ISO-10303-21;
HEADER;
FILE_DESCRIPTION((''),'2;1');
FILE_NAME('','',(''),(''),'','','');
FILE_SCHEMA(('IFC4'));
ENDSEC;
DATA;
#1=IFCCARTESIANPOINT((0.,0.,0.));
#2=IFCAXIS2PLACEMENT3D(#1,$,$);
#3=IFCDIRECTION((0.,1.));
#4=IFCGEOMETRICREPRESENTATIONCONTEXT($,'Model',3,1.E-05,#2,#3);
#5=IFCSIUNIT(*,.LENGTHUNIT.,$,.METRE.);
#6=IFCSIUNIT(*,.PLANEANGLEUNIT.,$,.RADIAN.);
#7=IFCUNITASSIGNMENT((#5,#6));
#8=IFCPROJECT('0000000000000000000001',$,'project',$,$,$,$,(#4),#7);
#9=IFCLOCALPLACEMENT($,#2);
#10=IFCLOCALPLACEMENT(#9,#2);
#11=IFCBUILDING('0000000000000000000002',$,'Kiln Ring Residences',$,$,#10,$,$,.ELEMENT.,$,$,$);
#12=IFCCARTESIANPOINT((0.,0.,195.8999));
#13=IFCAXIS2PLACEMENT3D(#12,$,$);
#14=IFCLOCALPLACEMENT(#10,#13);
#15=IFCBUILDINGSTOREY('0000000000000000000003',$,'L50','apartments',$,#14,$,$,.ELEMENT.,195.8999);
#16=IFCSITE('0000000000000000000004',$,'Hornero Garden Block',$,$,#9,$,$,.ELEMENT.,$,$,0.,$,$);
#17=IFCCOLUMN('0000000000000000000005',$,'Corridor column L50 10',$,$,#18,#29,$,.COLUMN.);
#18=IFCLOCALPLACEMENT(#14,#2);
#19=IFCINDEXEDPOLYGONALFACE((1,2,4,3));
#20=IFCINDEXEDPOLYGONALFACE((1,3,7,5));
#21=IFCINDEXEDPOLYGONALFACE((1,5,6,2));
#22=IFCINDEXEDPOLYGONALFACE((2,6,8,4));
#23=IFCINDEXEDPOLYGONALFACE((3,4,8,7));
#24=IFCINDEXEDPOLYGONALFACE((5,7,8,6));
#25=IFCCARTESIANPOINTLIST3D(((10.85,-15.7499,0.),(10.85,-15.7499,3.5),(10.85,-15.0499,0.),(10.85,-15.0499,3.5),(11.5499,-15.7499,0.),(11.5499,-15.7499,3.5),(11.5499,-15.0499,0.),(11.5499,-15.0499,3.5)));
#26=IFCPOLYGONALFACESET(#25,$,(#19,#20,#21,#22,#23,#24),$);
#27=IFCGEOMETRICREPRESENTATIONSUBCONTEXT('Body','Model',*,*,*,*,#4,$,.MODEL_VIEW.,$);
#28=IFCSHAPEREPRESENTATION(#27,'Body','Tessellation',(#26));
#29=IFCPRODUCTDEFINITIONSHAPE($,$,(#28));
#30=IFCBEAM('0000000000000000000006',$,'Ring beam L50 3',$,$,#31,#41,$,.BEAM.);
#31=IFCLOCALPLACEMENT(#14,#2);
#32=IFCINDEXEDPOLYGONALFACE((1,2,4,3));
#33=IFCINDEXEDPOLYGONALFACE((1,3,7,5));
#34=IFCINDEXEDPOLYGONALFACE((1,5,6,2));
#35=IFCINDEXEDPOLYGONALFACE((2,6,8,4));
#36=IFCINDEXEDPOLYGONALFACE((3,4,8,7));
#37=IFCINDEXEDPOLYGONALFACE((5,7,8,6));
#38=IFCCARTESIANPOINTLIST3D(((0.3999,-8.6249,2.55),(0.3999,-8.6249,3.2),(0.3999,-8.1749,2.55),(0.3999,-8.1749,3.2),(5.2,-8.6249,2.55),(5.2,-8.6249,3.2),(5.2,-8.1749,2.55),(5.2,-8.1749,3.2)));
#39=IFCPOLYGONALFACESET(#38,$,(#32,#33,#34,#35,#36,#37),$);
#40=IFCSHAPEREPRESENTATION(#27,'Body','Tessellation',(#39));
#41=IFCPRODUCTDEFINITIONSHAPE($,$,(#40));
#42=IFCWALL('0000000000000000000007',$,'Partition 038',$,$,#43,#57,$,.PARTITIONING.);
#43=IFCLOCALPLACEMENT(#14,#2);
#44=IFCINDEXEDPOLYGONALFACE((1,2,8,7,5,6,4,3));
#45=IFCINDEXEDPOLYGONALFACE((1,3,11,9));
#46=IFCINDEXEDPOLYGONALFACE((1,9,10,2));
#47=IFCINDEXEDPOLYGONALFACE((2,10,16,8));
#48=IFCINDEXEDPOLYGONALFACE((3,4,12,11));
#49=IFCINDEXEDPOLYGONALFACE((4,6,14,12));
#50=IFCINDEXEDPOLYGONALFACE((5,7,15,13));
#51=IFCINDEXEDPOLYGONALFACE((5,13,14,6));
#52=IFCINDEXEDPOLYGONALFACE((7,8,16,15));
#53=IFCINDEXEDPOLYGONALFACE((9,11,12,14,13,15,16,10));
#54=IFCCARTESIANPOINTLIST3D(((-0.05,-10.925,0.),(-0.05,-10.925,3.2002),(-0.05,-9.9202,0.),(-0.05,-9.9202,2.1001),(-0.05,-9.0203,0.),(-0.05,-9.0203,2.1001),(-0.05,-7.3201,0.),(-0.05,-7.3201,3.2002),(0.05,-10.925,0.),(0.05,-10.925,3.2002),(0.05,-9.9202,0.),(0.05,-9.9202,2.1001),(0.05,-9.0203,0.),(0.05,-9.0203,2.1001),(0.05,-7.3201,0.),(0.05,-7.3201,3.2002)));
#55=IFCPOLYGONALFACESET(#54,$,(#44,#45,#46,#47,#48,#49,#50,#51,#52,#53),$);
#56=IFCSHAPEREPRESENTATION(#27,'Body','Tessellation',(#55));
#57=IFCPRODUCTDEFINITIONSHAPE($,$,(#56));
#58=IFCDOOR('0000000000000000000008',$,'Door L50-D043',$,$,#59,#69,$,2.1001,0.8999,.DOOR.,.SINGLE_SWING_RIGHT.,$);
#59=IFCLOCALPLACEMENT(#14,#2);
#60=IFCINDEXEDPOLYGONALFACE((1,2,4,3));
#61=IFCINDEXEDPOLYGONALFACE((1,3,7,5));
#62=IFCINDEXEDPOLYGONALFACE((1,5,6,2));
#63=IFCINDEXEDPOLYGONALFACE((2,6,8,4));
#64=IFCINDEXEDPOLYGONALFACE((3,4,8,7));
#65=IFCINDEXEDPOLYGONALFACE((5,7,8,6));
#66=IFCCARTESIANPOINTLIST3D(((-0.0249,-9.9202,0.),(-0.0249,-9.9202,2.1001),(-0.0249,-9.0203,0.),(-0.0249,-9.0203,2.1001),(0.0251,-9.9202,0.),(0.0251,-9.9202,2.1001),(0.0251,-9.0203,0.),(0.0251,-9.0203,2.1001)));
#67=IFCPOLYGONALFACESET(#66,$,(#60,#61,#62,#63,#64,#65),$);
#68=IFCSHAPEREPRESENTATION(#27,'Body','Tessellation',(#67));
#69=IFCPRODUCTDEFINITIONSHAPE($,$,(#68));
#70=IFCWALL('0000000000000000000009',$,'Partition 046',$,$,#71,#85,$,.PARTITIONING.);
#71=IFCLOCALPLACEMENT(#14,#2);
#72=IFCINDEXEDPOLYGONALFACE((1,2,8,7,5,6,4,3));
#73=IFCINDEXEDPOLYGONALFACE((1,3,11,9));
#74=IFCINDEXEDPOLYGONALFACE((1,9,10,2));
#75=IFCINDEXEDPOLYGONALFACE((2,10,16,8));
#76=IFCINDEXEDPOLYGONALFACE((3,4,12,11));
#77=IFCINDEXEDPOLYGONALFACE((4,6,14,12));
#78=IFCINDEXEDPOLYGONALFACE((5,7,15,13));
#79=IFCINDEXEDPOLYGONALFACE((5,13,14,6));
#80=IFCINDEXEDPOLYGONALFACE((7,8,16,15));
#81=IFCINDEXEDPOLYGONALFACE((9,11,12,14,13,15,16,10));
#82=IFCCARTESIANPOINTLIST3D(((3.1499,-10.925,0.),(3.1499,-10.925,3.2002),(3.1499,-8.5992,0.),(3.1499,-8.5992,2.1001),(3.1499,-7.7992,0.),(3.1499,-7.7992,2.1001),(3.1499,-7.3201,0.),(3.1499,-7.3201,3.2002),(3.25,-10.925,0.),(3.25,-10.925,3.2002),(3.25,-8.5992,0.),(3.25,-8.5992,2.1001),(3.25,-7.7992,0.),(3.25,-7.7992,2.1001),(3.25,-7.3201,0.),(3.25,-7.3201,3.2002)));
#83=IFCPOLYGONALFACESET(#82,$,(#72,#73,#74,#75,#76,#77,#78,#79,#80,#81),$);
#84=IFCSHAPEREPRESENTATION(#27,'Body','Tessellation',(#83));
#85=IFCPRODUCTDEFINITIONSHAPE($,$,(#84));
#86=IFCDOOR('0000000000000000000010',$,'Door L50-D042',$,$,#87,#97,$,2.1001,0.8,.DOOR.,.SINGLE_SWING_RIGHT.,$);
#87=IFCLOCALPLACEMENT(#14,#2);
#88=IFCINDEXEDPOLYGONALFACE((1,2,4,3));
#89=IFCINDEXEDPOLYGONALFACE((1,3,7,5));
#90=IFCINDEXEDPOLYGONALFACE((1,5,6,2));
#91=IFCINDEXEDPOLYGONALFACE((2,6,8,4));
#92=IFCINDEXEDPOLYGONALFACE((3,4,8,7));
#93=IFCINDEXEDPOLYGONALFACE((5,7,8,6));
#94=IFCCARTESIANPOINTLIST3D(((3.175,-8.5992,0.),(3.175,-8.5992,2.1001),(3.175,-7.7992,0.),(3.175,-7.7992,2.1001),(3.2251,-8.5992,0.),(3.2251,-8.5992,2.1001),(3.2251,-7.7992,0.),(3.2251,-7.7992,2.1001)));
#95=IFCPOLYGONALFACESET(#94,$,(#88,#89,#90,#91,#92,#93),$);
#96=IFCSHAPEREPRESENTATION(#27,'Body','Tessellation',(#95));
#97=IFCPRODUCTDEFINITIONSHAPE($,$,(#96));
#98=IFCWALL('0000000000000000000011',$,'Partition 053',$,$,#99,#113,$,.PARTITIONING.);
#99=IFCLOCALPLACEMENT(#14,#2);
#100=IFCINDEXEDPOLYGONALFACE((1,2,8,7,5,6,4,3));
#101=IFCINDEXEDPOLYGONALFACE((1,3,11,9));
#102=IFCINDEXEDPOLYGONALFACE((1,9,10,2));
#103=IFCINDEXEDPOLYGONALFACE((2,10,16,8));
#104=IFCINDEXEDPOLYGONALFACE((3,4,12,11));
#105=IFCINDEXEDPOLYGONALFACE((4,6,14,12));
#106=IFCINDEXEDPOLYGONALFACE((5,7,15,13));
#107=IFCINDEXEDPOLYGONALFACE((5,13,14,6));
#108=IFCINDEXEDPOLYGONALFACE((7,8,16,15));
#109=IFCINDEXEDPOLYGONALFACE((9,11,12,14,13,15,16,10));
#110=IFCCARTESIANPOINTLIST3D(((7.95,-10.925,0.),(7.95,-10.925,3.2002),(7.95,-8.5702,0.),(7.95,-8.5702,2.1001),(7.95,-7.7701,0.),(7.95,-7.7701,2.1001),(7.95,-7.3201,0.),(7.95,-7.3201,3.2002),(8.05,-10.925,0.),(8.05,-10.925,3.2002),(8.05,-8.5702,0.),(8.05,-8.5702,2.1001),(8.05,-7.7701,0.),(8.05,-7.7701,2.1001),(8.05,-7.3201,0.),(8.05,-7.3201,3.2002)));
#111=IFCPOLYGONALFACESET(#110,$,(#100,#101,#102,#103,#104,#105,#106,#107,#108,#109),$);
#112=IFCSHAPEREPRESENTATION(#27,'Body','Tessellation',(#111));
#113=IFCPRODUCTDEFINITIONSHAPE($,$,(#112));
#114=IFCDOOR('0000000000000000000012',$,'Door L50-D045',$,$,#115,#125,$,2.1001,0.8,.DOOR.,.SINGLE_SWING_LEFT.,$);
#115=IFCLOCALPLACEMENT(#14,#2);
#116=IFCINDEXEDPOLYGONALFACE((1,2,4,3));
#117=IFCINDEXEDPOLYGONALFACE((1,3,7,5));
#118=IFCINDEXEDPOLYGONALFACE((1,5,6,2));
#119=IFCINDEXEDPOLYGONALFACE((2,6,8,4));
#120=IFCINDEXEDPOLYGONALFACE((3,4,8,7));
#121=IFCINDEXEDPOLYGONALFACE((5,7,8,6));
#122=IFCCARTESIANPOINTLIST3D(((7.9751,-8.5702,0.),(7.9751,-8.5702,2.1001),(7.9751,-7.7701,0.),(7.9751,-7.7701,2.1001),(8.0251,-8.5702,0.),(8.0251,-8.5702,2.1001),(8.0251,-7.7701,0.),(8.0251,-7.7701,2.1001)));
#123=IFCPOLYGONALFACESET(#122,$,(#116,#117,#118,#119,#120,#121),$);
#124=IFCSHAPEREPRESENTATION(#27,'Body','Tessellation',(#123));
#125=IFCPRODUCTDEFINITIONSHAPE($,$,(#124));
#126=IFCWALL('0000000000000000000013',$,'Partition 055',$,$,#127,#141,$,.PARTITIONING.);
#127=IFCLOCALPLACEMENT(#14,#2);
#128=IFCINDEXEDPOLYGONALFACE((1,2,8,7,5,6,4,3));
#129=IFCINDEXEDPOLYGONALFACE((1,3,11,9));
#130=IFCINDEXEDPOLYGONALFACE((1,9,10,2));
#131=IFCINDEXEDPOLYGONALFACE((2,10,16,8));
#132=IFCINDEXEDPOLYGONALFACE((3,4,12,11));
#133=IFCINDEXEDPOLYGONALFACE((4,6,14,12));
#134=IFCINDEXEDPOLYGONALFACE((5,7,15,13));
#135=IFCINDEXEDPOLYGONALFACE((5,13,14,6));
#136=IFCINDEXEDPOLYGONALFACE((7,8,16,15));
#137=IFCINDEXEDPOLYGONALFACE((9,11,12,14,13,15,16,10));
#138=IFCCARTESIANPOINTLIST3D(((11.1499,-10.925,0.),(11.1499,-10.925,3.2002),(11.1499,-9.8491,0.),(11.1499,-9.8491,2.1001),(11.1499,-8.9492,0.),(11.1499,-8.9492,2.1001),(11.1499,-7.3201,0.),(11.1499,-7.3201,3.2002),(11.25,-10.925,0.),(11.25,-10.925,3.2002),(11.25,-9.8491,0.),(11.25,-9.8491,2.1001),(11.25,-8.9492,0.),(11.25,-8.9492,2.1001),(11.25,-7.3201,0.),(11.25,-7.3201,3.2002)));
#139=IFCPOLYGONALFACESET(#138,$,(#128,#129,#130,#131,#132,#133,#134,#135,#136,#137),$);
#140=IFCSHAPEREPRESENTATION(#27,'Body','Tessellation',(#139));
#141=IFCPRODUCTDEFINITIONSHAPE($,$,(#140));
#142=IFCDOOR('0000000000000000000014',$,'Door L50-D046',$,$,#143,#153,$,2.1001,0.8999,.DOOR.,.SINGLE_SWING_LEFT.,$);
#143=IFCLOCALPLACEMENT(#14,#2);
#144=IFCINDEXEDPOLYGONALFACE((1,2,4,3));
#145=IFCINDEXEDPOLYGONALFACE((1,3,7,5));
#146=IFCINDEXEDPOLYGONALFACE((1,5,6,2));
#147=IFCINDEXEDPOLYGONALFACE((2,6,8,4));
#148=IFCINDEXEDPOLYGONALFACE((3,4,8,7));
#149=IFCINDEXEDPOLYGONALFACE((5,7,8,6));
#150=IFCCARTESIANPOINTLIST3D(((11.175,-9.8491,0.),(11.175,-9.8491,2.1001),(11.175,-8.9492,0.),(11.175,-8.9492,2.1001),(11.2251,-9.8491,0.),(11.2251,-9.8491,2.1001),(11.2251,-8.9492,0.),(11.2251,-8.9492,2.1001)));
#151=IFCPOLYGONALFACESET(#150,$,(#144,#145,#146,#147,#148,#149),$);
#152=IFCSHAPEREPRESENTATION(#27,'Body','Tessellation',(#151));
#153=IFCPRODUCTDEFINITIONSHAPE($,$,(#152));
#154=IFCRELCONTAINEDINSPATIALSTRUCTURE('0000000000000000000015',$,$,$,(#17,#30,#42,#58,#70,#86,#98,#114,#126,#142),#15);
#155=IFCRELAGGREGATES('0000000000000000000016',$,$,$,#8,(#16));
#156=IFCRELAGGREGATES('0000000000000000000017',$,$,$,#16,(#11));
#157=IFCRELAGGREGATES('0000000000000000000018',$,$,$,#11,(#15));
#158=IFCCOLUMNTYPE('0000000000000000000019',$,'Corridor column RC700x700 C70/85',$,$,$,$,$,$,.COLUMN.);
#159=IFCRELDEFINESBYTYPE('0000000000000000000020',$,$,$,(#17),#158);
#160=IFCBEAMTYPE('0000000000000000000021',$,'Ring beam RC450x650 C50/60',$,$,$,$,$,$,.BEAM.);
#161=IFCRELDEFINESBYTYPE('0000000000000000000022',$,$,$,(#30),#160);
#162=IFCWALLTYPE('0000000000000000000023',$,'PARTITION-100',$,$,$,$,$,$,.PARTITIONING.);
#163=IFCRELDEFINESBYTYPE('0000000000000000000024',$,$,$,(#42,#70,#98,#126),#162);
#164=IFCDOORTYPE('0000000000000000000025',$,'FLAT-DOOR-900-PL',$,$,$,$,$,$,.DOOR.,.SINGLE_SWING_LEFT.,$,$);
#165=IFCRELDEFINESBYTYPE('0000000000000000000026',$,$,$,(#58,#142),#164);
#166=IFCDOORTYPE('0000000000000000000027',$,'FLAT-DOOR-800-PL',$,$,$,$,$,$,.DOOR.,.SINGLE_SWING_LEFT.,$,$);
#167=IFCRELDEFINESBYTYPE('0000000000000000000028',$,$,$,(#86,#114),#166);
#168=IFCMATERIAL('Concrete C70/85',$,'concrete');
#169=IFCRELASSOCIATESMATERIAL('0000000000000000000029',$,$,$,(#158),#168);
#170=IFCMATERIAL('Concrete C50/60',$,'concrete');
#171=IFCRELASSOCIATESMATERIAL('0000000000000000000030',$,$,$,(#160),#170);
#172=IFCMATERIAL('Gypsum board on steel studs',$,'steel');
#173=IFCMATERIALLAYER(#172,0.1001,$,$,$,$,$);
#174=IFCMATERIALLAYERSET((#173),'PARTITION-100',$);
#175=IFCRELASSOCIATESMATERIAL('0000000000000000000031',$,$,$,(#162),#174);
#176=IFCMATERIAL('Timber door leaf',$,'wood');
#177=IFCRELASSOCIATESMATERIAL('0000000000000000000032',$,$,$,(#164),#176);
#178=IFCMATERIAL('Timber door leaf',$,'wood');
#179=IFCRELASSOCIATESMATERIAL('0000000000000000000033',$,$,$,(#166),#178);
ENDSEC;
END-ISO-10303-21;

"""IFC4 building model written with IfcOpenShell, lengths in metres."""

from ifc_helpers import new_model, si_unit, direction, frame, frame_2d, origin, origin_2d, place, context, subcontext, project, spatial, rectangle, extrude, material, layer, layer_set, material_profile, profile_set, type_object, element, fill, save


model = new_model("IFC4")

# Units and contexts
model_context = context("Model", 3, precision=1e-05, world=origin(), true_north=direction((0.0, 1.0)))
body_context = subcontext(model_context, "Body", "Model", "MODEL_VIEW")
ifc_project = project(units=[si_unit("LENGTHUNIT", "METRE"), si_unit("PLANEANGLEUNIT", "RADIAN")], contexts=[model_context])

# Site, building, storey
site_placement = place(None, origin())
site = spatial("IfcSite", under=ifc_project, at=site_placement, Name="Hornero Garden Block", CompositionType="ELEMENT", RefElevation=0.0)
building_placement = place(site_placement, origin())
building = spatial("IfcBuilding", under=site, at=building_placement, Name="Kiln Ring Residences", CompositionType="ELEMENT")
storey_placement = place(building_placement, frame((0.0, 0.0, 195.8999)))
storey = spatial("IfcBuildingStorey", under=building, at=storey_placement, Name="L50", Description="apartments", CompositionType="ELEMENT", Elevation=195.8999)

# Column
ifc_material_1 = material(Name="Concrete C70/85", Category="concrete")
ifc_material_profile_1 = material_profile(ifc_material_1, rectangle(XDim=0.7, YDim=0.7, at=origin_2d()), Name="RC700x700")
ifc_profile_set_1 = profile_set([ifc_material_profile_1], Name="Concrete C70/85")
column_type = type_object("IfcColumnType", Name="Corridor column RC700x700 C70/85", PredefinedType="COLUMN", material=ifc_profile_set_1)
column_placement = place(storey_placement, frame((11.2, -15.3999, 0.0), z_axis=(0.0, 0.0, 1.0), x_axis=(1.0, 0.0, 0.0)))
element("IfcColumn", 1, at=column_placement, inside=storey, type_object=column_type, Name="Corridor column L50 10", PredefinedType="COLUMN", context=body_context, shape_type="SweptSolid", body=[
    extrude(rectangle(XDim=0.7, YDim=0.7, at=origin_2d()), origin(), (0.0, 0.0, 1.0), 3.5),
])

# Beam
ifc_material_2 = material(Name="Concrete C50/60", Category="concrete")
ifc_material_profile_2 = material_profile(ifc_material_2, rectangle(XDim=0.45, YDim=0.6499, at=origin_2d()), Name="RC450x650")
ifc_profile_set_2 = profile_set([ifc_material_profile_2], Name="Concrete C50/60")
beam_type = type_object("IfcBeamType", Name="Ring beam RC450x650 C50/60", PredefinedType="BEAM", material=ifc_profile_set_2)
beam_placement = place(storey_placement, frame((0.3999, -8.3999, 2.875), z_axis=(1.0, 0.0, 0.0), x_axis=(0.0, 1.0, 0.0)))
element("IfcBeam", 2, at=beam_placement, inside=storey, type_object=beam_type, Name="Ring beam L50 3", PredefinedType="BEAM", context=body_context, shape_type="SweptSolid", body=[
    extrude(rectangle(XDim=0.45, YDim=0.6499, at=origin_2d()), origin(), (0.0, 0.0, 1.0), 4.8),
])

# Walls, openings, doors
ifc_material_3 = material(Name="Gypsum board on steel studs", Category="steel")
ifc_layer_1 = layer(ifc_material_3, 0.1001)
ifc_layer_set_1 = layer_set([ifc_layer_1], Name="PARTITION-100")
wall_type_1 = type_object("IfcWallType", Name="PARTITION-100", PredefinedType="PARTITIONING", material=ifc_layer_set_1)
wall_1_placement = place(storey_placement, frame((0.0, -10.925, 0.0), z_axis=(0.0, 0.0, 1.0), x_axis=(0.0, 1.0, 0.0)))
wall_1 = element("IfcWall", 3, at=wall_1_placement, inside=storey, type_object=wall_type_1, Name="Partition 038", PredefinedType="PARTITIONING", context=body_context, shape_type="SweptSolid", body=[
    extrude(rectangle(XDim=3.605, YDim=0.1001, at=frame_2d((1.8025, 0.0))), origin(), (0.0, 0.0, 1.0), 3.2002),
])
opening_1_placement = place(wall_1_placement, frame((1.0049, 0.0, 0.0)))
opening_1 = element("IfcOpeningElement", 4, at=opening_1_placement, cuts=wall_1, PredefinedType="OPENING", context=body_context, shape_type="SweptSolid", body=[
    extrude(rectangle(XDim=0.8999, YDim=2.1001, at=frame_2d((0.45, 1.05))), frame((0.0, 0.0601, 0.0), z_axis=(0.0, -1.0, 0.0), x_axis=(1.0, 0.0, 0.0)), (0.0, 0.0, 1.0), 0.1201),
])
ifc_material_4 = material(Name="Timber door leaf", Category="wood")
door_type_1 = type_object("IfcDoorType", Name="FLAT-DOOR-900-PL", OperationType="SINGLE_SWING_LEFT", PredefinedType="DOOR", material=ifc_material_4)
door_1_placement = place(opening_1_placement, origin())
door_1 = element("IfcDoor", 5, at=door_1_placement, inside=storey, type_object=door_type_1, Name="Door L50-D043", OperationType="SINGLE_SWING_RIGHT", OverallHeight=2.1001, OverallWidth=0.8999, PredefinedType="DOOR", context=body_context, shape_type="SweptSolid", body=[
    extrude(rectangle(XDim=0.8999, YDim=2.1001, at=frame_2d((0.45, 1.05))), frame((0.0, 0.0249, 0.0), z_axis=(0.0, -1.0, 0.0), x_axis=(1.0, 0.0, 0.0)), (0.0, 0.0, 1.0), 0.05),
])
fill(opening_1, door_1)
wall_2_placement = place(storey_placement, frame((3.2, -10.925, 0.0), z_axis=(0.0, 0.0, 1.0), x_axis=(0.0, 1.0, 0.0)))
wall_2 = element("IfcWall", 6, at=wall_2_placement, inside=storey, type_object=wall_type_1, Name="Partition 046", PredefinedType="PARTITIONING", context=body_context, shape_type="SweptSolid", body=[
    extrude(rectangle(XDim=3.605, YDim=0.1001, at=frame_2d((1.8025, 0.0))), origin(), (0.0, 0.0, 1.0), 3.2002),
])
opening_2_placement = place(wall_2_placement, frame((2.3259, 0.0, 0.0)))
opening_2 = element("IfcOpeningElement", 7, at=opening_2_placement, cuts=wall_2, PredefinedType="OPENING", context=body_context, shape_type="SweptSolid", body=[
    extrude(rectangle(XDim=0.8, YDim=2.1001, at=frame_2d((0.3999, 1.05))), frame((0.0, 0.0601, 0.0), z_axis=(0.0, -1.0, 0.0), x_axis=(1.0, 0.0, 0.0)), (0.0, 0.0, 1.0), 0.1201),
])
ifc_material_5 = material(Name="Timber door leaf", Category="wood")
door_type_2 = type_object("IfcDoorType", Name="FLAT-DOOR-800-PL", OperationType="SINGLE_SWING_LEFT", PredefinedType="DOOR", material=ifc_material_5)
door_2_placement = place(opening_2_placement, origin())
door_2 = element("IfcDoor", 8, at=door_2_placement, inside=storey, type_object=door_type_2, Name="Door L50-D042", OperationType="SINGLE_SWING_RIGHT", OverallHeight=2.1001, OverallWidth=0.8, PredefinedType="DOOR", context=body_context, shape_type="SweptSolid", body=[
    extrude(rectangle(XDim=0.8, YDim=2.1001, at=frame_2d((0.3999, 1.05))), frame((0.0, 0.0249, 0.0), z_axis=(0.0, -1.0, 0.0), x_axis=(1.0, 0.0, 0.0)), (0.0, 0.0, 1.0), 0.05),
])
fill(opening_2, door_2)
wall_3_placement = place(storey_placement, frame((8.0, -10.925, 0.0), z_axis=(0.0, 0.0, 1.0), x_axis=(0.0, 1.0, 0.0)))
wall_3 = element("IfcWall", 9, at=wall_3_placement, inside=storey, type_object=wall_type_1, Name="Partition 053", PredefinedType="PARTITIONING", context=body_context, shape_type="SweptSolid", body=[
    extrude(rectangle(XDim=3.605, YDim=0.1001, at=frame_2d((1.8025, 0.0))), origin(), (0.0, 0.0, 1.0), 3.2002),
])
opening_3_placement = place(wall_3_placement, frame((2.355, 0.0, 0.0)))
opening_3 = element("IfcOpeningElement", 10, at=opening_3_placement, cuts=wall_3, PredefinedType="OPENING", context=body_context, shape_type="SweptSolid", body=[
    extrude(rectangle(XDim=0.8, YDim=2.1001, at=frame_2d((0.3999, 1.05))), frame((0.0, 0.0601, 0.0), z_axis=(0.0, -1.0, 0.0), x_axis=(1.0, 0.0, 0.0)), (0.0, 0.0, 1.0), 0.1201),
])
door_3_placement = place(opening_3_placement, origin())
door_3 = element("IfcDoor", 11, at=door_3_placement, inside=storey, type_object=door_type_2, Name="Door L50-D045", OperationType="SINGLE_SWING_LEFT", OverallHeight=2.1001, OverallWidth=0.8, PredefinedType="DOOR", context=body_context, shape_type="SweptSolid", body=[
    extrude(rectangle(XDim=0.8, YDim=2.1001, at=frame_2d((0.3999, 1.05))), frame((0.0, 0.0249, 0.0), z_axis=(0.0, -1.0, 0.0), x_axis=(1.0, 0.0, 0.0)), (0.0, 0.0, 1.0), 0.05),
])
fill(opening_3, door_3)
wall_4_placement = place(storey_placement, frame((11.2, -10.925, 0.0), z_axis=(0.0, 0.0, 1.0), x_axis=(0.0, 1.0, 0.0)))
wall_4 = element("IfcWall", 12, at=wall_4_placement, inside=storey, type_object=wall_type_1, Name="Partition 055", PredefinedType="PARTITIONING", context=body_context, shape_type="SweptSolid", body=[
    extrude(rectangle(XDim=3.605, YDim=0.1001, at=frame_2d((1.8025, 0.0))), origin(), (0.0, 0.0, 1.0), 3.2002),
])
opening_4_placement = place(wall_4_placement, frame((1.0759, 0.0, 0.0)))
opening_4 = element("IfcOpeningElement", 13, at=opening_4_placement, cuts=wall_4, PredefinedType="OPENING", context=body_context, shape_type="SweptSolid", body=[
    extrude(rectangle(XDim=0.8999, YDim=2.1001, at=frame_2d((0.45, 1.05))), frame((0.0, 0.0601, 0.0), z_axis=(0.0, -1.0, 0.0), x_axis=(1.0, 0.0, 0.0)), (0.0, 0.0, 1.0), 0.1201),
])
door_4_placement = place(opening_4_placement, origin())
door_4 = element("IfcDoor", 14, at=door_4_placement, inside=storey, type_object=door_type_1, Name="Door L50-D046", OperationType="SINGLE_SWING_LEFT", OverallHeight=2.1001, OverallWidth=0.8999, PredefinedType="DOOR", context=body_context, shape_type="SweptSolid", body=[
    extrude(rectangle(XDim=0.8999, YDim=2.1001, at=frame_2d((0.45, 1.05))), frame((0.0, 0.0249, 0.0), z_axis=(0.0, -1.0, 0.0), x_axis=(1.0, 0.0, 0.0)), (0.0, 0.0, 1.0), 0.05),
])
fill(opening_4, door_4)

save(model, "model.ifc")
